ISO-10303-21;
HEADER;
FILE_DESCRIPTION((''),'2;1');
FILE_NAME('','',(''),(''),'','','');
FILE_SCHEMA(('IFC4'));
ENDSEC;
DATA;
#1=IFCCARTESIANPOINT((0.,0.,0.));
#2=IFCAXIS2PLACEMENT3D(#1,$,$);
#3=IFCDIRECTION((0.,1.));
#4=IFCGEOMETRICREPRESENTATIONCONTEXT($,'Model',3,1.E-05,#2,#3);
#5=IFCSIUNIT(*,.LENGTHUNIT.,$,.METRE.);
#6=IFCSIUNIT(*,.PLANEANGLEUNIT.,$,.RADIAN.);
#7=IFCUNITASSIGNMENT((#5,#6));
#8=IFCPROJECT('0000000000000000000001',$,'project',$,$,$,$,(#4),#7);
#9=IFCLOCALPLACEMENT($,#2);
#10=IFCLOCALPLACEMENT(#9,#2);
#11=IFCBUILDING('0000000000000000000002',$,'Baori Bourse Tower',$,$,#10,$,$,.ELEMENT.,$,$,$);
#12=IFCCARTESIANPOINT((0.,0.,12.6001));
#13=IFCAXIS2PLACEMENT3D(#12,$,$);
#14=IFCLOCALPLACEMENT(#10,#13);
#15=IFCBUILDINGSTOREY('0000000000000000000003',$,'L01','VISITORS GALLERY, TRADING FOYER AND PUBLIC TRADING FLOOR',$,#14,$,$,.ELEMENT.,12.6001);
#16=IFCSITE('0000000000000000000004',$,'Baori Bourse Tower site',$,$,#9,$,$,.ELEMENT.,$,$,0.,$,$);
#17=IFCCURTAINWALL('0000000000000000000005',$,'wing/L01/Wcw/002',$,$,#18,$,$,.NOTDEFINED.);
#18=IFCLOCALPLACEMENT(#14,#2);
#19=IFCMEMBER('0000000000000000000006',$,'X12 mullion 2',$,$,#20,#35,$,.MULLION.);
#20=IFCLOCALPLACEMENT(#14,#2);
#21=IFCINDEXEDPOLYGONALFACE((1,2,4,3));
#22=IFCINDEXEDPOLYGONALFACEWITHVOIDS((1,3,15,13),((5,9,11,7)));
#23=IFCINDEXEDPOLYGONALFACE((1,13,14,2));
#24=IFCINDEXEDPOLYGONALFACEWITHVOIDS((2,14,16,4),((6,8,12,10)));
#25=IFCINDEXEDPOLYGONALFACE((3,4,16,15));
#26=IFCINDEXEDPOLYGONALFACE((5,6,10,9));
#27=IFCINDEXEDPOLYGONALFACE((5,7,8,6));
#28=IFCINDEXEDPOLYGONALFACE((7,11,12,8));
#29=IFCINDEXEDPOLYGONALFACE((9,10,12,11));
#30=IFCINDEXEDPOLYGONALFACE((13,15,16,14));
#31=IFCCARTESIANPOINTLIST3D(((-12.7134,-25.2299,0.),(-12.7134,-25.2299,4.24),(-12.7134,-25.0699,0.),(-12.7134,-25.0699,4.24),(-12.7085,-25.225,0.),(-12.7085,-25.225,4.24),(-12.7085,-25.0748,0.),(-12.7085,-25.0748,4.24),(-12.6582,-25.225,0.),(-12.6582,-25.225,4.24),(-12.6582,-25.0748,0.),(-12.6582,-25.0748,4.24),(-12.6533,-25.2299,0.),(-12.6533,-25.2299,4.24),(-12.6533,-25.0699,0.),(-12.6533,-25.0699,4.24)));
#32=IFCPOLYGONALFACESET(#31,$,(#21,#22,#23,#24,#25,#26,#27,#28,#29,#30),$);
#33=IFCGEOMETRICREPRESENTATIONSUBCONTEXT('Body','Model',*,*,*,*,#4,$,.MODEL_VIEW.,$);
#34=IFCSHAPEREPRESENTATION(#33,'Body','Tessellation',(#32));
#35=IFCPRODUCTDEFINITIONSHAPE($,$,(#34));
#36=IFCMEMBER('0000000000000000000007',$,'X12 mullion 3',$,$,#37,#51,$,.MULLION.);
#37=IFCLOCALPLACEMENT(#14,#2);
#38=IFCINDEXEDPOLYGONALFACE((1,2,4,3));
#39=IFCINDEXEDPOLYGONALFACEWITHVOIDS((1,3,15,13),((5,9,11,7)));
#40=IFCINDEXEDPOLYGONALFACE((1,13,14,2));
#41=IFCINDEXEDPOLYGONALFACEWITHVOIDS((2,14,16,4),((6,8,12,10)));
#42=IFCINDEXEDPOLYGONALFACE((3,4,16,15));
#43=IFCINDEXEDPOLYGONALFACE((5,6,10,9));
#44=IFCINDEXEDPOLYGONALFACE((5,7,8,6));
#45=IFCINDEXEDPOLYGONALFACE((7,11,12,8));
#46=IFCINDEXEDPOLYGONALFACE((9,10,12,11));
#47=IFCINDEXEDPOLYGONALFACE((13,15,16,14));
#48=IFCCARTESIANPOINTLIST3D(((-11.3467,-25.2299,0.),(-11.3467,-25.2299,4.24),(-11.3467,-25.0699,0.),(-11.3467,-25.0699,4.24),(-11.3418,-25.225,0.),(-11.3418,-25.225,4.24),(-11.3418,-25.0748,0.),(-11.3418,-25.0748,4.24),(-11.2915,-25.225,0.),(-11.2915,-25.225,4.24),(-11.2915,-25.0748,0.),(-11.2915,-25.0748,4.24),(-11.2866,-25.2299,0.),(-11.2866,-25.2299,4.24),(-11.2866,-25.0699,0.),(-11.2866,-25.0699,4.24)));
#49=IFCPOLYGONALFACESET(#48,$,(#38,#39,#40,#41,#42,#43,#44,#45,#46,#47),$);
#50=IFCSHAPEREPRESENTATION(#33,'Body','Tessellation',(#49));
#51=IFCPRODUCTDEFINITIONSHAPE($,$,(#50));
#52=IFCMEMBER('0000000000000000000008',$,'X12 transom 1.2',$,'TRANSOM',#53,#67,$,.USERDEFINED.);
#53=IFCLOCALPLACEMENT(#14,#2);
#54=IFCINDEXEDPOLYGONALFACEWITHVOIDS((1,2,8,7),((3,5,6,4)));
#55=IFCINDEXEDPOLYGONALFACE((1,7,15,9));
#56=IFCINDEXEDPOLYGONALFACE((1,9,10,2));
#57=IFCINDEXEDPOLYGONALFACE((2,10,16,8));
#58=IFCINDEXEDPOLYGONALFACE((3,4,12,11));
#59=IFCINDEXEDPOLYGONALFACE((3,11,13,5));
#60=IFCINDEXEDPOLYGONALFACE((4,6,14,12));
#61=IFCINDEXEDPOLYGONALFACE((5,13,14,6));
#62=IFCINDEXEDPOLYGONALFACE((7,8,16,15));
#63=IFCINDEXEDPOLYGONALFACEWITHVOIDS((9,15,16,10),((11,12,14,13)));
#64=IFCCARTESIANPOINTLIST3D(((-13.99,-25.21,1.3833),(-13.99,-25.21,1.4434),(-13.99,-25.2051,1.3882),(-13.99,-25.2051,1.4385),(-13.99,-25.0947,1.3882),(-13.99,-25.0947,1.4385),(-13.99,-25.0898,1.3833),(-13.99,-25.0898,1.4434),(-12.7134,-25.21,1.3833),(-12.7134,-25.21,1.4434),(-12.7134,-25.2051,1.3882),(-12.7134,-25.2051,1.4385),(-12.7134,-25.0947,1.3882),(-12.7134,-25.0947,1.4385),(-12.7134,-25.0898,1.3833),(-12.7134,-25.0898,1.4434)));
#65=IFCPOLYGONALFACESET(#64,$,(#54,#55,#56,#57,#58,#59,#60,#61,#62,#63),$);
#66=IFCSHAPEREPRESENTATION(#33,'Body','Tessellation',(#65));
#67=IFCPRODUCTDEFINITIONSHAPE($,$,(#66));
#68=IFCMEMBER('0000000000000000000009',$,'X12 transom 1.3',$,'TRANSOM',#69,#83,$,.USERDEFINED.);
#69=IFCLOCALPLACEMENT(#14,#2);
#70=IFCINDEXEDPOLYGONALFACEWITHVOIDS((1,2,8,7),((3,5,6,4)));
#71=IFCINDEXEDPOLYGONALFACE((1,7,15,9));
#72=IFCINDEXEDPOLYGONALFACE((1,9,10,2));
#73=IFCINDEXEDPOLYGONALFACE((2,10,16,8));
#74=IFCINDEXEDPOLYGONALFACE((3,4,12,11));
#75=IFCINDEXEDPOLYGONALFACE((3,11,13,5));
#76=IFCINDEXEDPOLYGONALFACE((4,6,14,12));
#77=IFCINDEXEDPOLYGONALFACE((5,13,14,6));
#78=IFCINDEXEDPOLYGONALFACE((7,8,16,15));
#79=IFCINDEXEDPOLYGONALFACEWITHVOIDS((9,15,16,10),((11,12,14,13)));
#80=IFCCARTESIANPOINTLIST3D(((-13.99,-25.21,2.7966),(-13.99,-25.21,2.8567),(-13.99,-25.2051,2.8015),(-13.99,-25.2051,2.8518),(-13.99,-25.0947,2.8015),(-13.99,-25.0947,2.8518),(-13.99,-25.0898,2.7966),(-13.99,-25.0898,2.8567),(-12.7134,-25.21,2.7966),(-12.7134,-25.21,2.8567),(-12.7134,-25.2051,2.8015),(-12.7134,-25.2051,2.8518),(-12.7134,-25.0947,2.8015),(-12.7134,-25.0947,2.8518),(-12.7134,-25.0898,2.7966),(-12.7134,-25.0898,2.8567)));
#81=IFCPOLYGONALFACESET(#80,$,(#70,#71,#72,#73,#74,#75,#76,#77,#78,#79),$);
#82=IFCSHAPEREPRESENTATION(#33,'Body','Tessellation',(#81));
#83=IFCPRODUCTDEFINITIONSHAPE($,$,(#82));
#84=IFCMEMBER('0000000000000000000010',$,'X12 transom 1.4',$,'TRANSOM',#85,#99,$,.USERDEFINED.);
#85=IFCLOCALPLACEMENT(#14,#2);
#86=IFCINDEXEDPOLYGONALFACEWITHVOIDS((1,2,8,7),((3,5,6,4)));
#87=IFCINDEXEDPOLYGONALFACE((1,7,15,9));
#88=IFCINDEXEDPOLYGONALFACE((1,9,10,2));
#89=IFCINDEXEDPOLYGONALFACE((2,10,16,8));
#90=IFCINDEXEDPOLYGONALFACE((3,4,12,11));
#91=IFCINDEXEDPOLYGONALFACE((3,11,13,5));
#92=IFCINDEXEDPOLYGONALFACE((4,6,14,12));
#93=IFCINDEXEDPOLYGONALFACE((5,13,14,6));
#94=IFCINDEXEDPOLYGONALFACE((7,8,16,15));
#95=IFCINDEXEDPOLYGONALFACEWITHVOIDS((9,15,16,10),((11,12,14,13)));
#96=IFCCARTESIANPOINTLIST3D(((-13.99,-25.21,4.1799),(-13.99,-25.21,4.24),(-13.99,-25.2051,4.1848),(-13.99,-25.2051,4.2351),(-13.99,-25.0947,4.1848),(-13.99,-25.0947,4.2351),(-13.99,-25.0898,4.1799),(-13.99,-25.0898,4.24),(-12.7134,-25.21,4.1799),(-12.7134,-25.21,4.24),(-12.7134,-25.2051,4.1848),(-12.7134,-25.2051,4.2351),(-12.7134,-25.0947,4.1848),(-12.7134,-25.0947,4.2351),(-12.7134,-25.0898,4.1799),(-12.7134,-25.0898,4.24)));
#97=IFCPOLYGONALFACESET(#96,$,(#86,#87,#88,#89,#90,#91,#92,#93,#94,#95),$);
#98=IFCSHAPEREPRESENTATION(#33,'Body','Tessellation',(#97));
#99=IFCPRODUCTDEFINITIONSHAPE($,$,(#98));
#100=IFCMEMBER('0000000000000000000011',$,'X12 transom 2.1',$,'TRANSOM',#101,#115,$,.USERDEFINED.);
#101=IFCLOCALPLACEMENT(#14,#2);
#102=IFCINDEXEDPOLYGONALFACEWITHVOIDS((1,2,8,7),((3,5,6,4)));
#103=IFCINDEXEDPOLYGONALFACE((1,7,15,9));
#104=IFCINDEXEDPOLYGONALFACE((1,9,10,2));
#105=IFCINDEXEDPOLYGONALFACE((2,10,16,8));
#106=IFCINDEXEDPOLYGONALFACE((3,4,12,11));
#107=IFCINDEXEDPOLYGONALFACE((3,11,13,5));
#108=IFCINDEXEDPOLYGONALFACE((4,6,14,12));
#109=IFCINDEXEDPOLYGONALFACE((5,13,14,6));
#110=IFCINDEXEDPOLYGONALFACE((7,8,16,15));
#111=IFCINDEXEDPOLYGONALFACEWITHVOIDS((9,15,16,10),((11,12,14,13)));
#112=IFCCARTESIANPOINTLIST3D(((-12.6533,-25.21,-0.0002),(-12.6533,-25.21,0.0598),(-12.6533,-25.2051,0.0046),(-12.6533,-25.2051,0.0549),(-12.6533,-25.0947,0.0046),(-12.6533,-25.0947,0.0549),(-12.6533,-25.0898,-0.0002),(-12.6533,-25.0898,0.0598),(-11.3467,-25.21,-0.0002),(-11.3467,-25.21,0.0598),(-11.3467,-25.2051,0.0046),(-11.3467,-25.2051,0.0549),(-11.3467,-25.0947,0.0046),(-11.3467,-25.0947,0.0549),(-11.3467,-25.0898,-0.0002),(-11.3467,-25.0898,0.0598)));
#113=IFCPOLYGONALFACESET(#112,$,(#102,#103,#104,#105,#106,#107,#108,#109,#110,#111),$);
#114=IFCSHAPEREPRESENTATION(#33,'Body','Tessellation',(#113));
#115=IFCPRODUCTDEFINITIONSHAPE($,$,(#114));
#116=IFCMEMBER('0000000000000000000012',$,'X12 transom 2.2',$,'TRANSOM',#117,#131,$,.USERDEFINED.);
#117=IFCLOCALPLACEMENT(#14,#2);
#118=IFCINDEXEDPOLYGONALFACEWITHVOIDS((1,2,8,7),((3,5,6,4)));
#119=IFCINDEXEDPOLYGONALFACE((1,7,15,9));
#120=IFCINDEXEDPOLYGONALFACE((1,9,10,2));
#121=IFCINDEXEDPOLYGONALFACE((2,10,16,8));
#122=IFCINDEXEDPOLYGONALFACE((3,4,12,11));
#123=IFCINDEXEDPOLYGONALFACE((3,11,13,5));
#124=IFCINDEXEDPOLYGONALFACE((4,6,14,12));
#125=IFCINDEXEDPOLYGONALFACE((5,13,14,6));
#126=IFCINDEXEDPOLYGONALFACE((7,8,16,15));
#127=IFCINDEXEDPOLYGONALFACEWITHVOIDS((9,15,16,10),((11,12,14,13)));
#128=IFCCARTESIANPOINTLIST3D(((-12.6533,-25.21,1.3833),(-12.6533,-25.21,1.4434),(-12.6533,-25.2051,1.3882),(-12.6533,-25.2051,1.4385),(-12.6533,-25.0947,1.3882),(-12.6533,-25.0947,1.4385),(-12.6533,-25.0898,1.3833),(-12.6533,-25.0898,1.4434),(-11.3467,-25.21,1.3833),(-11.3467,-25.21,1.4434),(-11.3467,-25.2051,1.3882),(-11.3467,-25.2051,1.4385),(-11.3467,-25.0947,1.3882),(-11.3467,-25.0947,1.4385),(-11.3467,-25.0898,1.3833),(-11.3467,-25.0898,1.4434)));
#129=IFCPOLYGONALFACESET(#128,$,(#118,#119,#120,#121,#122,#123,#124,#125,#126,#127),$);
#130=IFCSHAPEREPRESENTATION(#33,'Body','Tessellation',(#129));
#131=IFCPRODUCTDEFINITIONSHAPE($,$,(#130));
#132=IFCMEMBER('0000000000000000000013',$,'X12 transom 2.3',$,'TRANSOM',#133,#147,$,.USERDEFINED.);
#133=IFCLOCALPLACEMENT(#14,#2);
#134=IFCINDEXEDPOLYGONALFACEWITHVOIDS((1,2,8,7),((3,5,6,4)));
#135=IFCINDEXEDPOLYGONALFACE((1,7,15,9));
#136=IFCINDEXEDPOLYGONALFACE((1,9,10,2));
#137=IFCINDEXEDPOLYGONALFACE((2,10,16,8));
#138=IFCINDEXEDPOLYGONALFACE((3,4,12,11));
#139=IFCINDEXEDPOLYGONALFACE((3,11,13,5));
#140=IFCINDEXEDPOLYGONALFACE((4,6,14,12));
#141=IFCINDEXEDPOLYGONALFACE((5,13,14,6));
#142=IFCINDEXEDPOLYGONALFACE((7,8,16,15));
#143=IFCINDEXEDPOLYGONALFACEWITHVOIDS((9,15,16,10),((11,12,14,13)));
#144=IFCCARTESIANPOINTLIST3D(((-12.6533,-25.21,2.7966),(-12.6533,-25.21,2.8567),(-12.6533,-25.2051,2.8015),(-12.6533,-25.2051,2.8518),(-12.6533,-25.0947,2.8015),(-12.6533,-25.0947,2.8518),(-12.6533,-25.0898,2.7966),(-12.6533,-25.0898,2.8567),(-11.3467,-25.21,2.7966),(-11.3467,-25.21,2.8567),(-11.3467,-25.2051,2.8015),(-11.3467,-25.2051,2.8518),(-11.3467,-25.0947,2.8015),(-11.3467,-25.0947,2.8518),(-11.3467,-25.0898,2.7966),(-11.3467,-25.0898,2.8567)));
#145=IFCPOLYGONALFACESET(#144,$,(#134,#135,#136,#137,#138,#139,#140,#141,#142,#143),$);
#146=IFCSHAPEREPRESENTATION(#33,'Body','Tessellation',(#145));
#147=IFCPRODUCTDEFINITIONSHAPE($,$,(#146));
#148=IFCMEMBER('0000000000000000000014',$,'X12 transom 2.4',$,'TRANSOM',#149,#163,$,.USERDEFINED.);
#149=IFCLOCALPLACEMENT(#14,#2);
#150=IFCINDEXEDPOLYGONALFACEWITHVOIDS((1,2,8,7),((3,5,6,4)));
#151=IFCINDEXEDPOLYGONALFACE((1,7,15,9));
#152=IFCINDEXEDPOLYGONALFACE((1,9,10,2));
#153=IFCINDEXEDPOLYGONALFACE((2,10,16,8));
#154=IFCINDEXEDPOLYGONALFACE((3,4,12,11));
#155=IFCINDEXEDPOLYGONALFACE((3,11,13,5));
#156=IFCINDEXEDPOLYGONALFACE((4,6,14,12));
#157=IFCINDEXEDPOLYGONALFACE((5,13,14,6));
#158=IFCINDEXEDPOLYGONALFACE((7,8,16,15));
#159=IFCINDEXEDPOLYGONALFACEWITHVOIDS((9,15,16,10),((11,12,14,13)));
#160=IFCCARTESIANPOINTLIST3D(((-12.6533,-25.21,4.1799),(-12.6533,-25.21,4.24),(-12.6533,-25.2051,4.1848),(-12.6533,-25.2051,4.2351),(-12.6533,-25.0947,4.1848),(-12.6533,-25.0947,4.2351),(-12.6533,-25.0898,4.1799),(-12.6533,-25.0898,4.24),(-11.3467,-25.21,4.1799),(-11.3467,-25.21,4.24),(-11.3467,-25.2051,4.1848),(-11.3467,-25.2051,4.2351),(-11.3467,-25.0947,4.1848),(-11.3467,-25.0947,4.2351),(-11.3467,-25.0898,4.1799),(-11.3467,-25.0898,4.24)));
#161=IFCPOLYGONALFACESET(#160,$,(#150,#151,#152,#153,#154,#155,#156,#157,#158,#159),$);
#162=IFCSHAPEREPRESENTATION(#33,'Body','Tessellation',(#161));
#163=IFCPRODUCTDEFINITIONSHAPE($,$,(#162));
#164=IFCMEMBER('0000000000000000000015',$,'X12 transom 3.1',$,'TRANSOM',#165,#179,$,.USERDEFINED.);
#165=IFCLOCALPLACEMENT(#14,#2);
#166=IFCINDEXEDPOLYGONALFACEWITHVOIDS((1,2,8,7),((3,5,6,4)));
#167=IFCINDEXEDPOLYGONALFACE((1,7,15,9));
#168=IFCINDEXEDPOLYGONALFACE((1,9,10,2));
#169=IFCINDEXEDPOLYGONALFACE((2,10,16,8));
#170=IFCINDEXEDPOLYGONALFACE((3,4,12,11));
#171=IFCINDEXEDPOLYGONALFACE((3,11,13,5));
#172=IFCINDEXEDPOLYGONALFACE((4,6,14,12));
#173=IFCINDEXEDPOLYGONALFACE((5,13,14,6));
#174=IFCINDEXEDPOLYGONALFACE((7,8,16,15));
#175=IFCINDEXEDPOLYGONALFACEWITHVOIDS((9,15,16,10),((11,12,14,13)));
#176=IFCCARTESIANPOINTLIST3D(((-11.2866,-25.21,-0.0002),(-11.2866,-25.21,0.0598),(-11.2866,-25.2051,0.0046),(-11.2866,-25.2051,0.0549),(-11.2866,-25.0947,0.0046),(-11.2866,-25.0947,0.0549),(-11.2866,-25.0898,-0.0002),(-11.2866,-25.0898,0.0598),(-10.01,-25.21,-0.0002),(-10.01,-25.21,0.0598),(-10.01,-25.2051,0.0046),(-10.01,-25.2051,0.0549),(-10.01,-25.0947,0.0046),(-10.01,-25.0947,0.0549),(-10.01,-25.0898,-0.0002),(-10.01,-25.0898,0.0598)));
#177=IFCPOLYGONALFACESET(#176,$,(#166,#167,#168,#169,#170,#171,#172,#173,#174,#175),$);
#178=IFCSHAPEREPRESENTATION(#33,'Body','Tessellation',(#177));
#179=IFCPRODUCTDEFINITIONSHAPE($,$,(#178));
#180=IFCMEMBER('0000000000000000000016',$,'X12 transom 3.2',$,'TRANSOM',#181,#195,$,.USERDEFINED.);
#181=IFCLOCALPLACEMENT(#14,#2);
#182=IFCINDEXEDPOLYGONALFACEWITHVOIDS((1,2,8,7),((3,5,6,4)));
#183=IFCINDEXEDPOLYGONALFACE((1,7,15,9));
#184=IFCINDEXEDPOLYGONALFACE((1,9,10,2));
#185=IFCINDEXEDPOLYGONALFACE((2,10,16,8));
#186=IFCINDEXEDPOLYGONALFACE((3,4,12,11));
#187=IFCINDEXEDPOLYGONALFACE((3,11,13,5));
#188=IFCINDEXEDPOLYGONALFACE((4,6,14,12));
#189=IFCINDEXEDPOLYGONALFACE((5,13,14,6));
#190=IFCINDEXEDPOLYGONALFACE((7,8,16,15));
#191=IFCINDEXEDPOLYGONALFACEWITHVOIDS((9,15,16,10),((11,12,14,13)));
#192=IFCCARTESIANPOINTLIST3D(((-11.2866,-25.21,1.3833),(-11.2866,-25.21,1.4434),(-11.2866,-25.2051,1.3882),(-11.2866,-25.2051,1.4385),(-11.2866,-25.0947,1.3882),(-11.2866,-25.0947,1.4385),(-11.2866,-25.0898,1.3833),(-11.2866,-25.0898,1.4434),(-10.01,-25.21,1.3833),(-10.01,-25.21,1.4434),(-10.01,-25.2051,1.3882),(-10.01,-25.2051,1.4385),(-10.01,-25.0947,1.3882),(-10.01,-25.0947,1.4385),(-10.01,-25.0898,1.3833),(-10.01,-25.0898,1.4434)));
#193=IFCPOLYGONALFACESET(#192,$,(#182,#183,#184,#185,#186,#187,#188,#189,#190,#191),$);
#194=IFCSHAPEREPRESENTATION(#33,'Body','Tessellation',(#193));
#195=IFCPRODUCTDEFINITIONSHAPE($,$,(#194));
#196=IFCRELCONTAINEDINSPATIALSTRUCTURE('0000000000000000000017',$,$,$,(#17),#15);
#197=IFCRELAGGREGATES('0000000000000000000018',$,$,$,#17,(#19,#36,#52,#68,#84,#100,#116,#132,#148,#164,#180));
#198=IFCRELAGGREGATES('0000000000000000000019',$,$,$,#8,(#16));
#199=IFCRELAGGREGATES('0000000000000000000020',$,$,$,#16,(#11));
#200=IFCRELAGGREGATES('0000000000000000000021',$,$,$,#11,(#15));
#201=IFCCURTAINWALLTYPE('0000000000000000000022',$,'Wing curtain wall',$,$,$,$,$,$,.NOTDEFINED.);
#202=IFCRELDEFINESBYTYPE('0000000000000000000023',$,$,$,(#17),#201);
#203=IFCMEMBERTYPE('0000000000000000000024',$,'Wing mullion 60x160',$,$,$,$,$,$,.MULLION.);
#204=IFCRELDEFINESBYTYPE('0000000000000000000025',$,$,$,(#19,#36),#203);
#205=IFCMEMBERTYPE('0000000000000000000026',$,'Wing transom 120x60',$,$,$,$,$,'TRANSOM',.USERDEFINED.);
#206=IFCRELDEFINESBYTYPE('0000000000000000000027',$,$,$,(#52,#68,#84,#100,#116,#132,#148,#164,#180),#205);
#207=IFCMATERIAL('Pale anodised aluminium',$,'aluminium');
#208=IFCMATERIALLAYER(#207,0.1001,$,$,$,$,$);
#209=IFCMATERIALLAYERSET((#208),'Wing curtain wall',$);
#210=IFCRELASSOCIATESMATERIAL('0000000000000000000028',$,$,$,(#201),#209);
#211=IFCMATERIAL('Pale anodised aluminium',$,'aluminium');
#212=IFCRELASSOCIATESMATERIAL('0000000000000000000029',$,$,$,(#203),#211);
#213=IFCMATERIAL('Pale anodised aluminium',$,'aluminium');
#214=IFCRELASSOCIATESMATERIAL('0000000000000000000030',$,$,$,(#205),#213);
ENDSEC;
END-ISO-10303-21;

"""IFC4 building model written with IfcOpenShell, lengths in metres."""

from ifc_helpers import new_model, si_unit, direction, frame, origin, origin_2d, place, context, subcontext, project, spatial, hollow_rectangle, extrude, material, layer, layer_set, material_profile, profile_set, type_object, element, aggregate, save


model = new_model("IFC4")

# Units and contexts
model_context = context("Model", 3, precision=1e-05, world=origin(), true_north=direction((0.0, 1.0)))
body_context = subcontext(model_context, "Body", "Model", "MODEL_VIEW")
ifc_project = project(units=[si_unit("LENGTHUNIT", "METRE"), si_unit("PLANEANGLEUNIT", "RADIAN")], contexts=[model_context])

# Site, building, storey
site_placement = place(None, origin())
site = spatial("IfcSite", under=ifc_project, at=site_placement, Name="Baori Bourse Tower site", CompositionType="ELEMENT", RefElevation=0.0)
building_placement = place(site_placement, origin())
building = spatial("IfcBuilding", under=site, at=building_placement, Name="Baori Bourse Tower", CompositionType="ELEMENT")
storey_placement = place(building_placement, frame((0.0, 0.0, 12.6001)))
storey = spatial("IfcBuildingStorey", under=building, at=storey_placement, Name="L01", Description="VISITORS GALLERY, TRADING FOYER AND PUBLIC TRADING FLOOR", CompositionType="ELEMENT", Elevation=12.6001)

# Curtain wall, members
ifc_material_1 = material(Name="Pale anodised aluminium", Category="aluminium")
ifc_layer_1 = layer(ifc_material_1, 0.1001)
ifc_layer_set_1 = layer_set([ifc_layer_1], Name="Wing curtain wall")
curtain_wall_type = type_object("IfcCurtainWallType", Name="Wing curtain wall", PredefinedType="NOTDEFINED", material=ifc_layer_set_1)
curtain_wall_placement = place(storey_placement, origin())
curtain_wall = element("IfcCurtainWall", 1, at=curtain_wall_placement, inside=storey, type_object=curtain_wall_type, Name="wing/L01/Wcw/002", PredefinedType="NOTDEFINED")
ifc_material_2 = material(Name="Pale anodised aluminium", Category="aluminium")
ifc_material_profile_1 = material_profile(ifc_material_2, hollow_rectangle(XDim=0.1599, YDim=0.0601, WallThickness=0.0049, at=origin_2d()), Name="Mullion 160x60x5")
ifc_profile_set_1 = profile_set([ifc_material_profile_1], Name="Pale anodised aluminium")
member_type_1 = type_object("IfcMemberType", Name="Wing mullion 60x160", PredefinedType="MULLION", material=ifc_profile_set_1)
member_1_placement = place(storey_placement, frame((-12.6833, -25.1499, 0.0), z_axis=(0.0, 0.0, 1.0), x_axis=(0.0, 1.0, 0.0)))
member_1 = element("IfcMember", 2, at=member_1_placement, type_object=member_type_1, Name="X12 mullion 2", PredefinedType="MULLION", context=body_context, shape_type="SweptSolid", body=[
    extrude(hollow_rectangle(XDim=0.1599, YDim=0.0601, WallThickness=0.0049, at=origin_2d()), origin(), (0.0, 0.0, 1.0), 4.24),
])
member_2_placement = place(storey_placement, frame((-11.3167, -25.1499, 0.0), z_axis=(0.0, 0.0, 1.0), x_axis=(0.0, 1.0, 0.0)))
member_2 = element("IfcMember", 3, at=member_2_placement, type_object=member_type_1, Name="X12 mullion 3", PredefinedType="MULLION", context=body_context, shape_type="SweptSolid", body=[
    extrude(hollow_rectangle(XDim=0.1599, YDim=0.0601, WallThickness=0.0049, at=origin_2d()), origin(), (0.0, 0.0, 1.0), 4.24),
])
ifc_material_3 = material(Name="Pale anodised aluminium", Category="aluminium")
ifc_material_profile_2 = material_profile(ifc_material_3, hollow_rectangle(XDim=0.1201, YDim=0.0601, WallThickness=0.0049, at=origin_2d()), Name="Transom 120x60x5")
ifc_profile_set_2 = profile_set([ifc_material_profile_2], Name="Pale anodised aluminium")
member_type_2 = type_object("IfcMemberType", Name="Wing transom 120x60", ElementType="TRANSOM", PredefinedType="USERDEFINED", material=ifc_profile_set_2)
member_3_placement = place(storey_placement, frame((-13.99, -25.1499, 1.4133), z_axis=(1.0, 0.0, 0.0), x_axis=(0.0, 1.0, 0.0)))
member_3 = element("IfcMember", 4, at=member_3_placement, type_object=member_type_2, Name="X12 transom 1.2", ObjectType="TRANSOM", PredefinedType="USERDEFINED", context=body_context, shape_type="SweptSolid", body=[
    extrude(hollow_rectangle(XDim=0.1201, YDim=0.0601, WallThickness=0.0049, at=origin_2d()), origin(), (0.0, 0.0, 1.0), 1.2766),
])
member_4_placement = place(storey_placement, frame((-13.99, -25.1499, 2.8267), z_axis=(1.0, 0.0, 0.0), x_axis=(0.0, 1.0, 0.0)))
member_4 = element("IfcMember", 5, at=member_4_placement, type_object=member_type_2, Name="X12 transom 1.3", ObjectType="TRANSOM", PredefinedType="USERDEFINED", context=body_context, shape_type="SweptSolid", body=[
    extrude(hollow_rectangle(XDim=0.1201, YDim=0.0601, WallThickness=0.0049, at=origin_2d()), origin(), (0.0, 0.0, 1.0), 1.2766),
])
member_5_placement = place(storey_placement, frame((-13.99, -25.1499, 4.21), z_axis=(1.0, 0.0, 0.0), x_axis=(0.0, 1.0, 0.0)))
member_5 = element("IfcMember", 6, at=member_5_placement, type_object=member_type_2, Name="X12 transom 1.4", ObjectType="TRANSOM", PredefinedType="USERDEFINED", context=body_context, shape_type="SweptSolid", body=[
    extrude(hollow_rectangle(XDim=0.1201, YDim=0.0601, WallThickness=0.0049, at=origin_2d()), origin(), (0.0, 0.0, 1.0), 1.2766),
])
member_6_placement = place(storey_placement, frame((-12.6533, -25.1499, 0.0298), z_axis=(1.0, 0.0, 0.0), x_axis=(0.0, 1.0, 0.0)))
member_6 = element("IfcMember", 7, at=member_6_placement, type_object=member_type_2, Name="X12 transom 2.1", ObjectType="TRANSOM", PredefinedType="USERDEFINED", context=body_context, shape_type="SweptSolid", body=[
    extrude(hollow_rectangle(XDim=0.1201, YDim=0.0601, WallThickness=0.0049, at=origin_2d()), origin(), (0.0, 0.0, 1.0), 1.3066),
])
member_7_placement = place(storey_placement, frame((-12.6533, -25.1499, 1.4133), z_axis=(1.0, 0.0, 0.0), x_axis=(0.0, 1.0, 0.0)))
member_7 = element("IfcMember", 8, at=member_7_placement, type_object=member_type_2, Name="X12 transom 2.2", ObjectType="TRANSOM", PredefinedType="USERDEFINED", context=body_context, shape_type="SweptSolid", body=[
    extrude(hollow_rectangle(XDim=0.1201, YDim=0.0601, WallThickness=0.0049, at=origin_2d()), origin(), (0.0, 0.0, 1.0), 1.3066),
])
member_8_placement = place(storey_placement, frame((-12.6533, -25.1499, 2.8267), z_axis=(1.0, 0.0, 0.0), x_axis=(0.0, 1.0, 0.0)))
member_8 = element("IfcMember", 9, at=member_8_placement, type_object=member_type_2, Name="X12 transom 2.3", ObjectType="TRANSOM", PredefinedType="USERDEFINED", context=body_context, shape_type="SweptSolid", body=[
    extrude(hollow_rectangle(XDim=0.1201, YDim=0.0601, WallThickness=0.0049, at=origin_2d()), origin(), (0.0, 0.0, 1.0), 1.3066),
])
member_9_placement = place(storey_placement, frame((-12.6533, -25.1499, 4.21), z_axis=(1.0, 0.0, 0.0), x_axis=(0.0, 1.0, 0.0)))
member_9 = element("IfcMember", 10, at=member_9_placement, type_object=member_type_2, Name="X12 transom 2.4", ObjectType="TRANSOM", PredefinedType="USERDEFINED", context=body_context, shape_type="SweptSolid", body=[
    extrude(hollow_rectangle(XDim=0.1201, YDim=0.0601, WallThickness=0.0049, at=origin_2d()), origin(), (0.0, 0.0, 1.0), 1.3066),
])
member_10_placement = place(storey_placement, frame((-11.2866, -25.1499, 0.0298), z_axis=(1.0, 0.0, 0.0), x_axis=(0.0, 1.0, 0.0)))
member_10 = element("IfcMember", 11, at=member_10_placement, type_object=member_type_2, Name="X12 transom 3.1", ObjectType="TRANSOM", PredefinedType="USERDEFINED", context=body_context, shape_type="SweptSolid", body=[
    extrude(hollow_rectangle(XDim=0.1201, YDim=0.0601, WallThickness=0.0049, at=origin_2d()), origin(), (0.0, 0.0, 1.0), 1.2766),
])
member_11_placement = place(storey_placement, frame((-11.2866, -25.1499, 1.4133), z_axis=(1.0, 0.0, 0.0), x_axis=(0.0, 1.0, 0.0)))
member_11 = element("IfcMember", 12, at=member_11_placement, type_object=member_type_2, Name="X12 transom 3.2", ObjectType="TRANSOM", PredefinedType="USERDEFINED", context=body_context, shape_type="SweptSolid", body=[
    extrude(hollow_rectangle(XDim=0.1201, YDim=0.0601, WallThickness=0.0049, at=origin_2d()), origin(), (0.0, 0.0, 1.0), 1.2766),
])
aggregate(curtain_wall, [member_1, member_2, member_3, member_4, member_5, member_6, member_7, member_8, member_9, member_10, member_11])

save(model, "model.ifc")
